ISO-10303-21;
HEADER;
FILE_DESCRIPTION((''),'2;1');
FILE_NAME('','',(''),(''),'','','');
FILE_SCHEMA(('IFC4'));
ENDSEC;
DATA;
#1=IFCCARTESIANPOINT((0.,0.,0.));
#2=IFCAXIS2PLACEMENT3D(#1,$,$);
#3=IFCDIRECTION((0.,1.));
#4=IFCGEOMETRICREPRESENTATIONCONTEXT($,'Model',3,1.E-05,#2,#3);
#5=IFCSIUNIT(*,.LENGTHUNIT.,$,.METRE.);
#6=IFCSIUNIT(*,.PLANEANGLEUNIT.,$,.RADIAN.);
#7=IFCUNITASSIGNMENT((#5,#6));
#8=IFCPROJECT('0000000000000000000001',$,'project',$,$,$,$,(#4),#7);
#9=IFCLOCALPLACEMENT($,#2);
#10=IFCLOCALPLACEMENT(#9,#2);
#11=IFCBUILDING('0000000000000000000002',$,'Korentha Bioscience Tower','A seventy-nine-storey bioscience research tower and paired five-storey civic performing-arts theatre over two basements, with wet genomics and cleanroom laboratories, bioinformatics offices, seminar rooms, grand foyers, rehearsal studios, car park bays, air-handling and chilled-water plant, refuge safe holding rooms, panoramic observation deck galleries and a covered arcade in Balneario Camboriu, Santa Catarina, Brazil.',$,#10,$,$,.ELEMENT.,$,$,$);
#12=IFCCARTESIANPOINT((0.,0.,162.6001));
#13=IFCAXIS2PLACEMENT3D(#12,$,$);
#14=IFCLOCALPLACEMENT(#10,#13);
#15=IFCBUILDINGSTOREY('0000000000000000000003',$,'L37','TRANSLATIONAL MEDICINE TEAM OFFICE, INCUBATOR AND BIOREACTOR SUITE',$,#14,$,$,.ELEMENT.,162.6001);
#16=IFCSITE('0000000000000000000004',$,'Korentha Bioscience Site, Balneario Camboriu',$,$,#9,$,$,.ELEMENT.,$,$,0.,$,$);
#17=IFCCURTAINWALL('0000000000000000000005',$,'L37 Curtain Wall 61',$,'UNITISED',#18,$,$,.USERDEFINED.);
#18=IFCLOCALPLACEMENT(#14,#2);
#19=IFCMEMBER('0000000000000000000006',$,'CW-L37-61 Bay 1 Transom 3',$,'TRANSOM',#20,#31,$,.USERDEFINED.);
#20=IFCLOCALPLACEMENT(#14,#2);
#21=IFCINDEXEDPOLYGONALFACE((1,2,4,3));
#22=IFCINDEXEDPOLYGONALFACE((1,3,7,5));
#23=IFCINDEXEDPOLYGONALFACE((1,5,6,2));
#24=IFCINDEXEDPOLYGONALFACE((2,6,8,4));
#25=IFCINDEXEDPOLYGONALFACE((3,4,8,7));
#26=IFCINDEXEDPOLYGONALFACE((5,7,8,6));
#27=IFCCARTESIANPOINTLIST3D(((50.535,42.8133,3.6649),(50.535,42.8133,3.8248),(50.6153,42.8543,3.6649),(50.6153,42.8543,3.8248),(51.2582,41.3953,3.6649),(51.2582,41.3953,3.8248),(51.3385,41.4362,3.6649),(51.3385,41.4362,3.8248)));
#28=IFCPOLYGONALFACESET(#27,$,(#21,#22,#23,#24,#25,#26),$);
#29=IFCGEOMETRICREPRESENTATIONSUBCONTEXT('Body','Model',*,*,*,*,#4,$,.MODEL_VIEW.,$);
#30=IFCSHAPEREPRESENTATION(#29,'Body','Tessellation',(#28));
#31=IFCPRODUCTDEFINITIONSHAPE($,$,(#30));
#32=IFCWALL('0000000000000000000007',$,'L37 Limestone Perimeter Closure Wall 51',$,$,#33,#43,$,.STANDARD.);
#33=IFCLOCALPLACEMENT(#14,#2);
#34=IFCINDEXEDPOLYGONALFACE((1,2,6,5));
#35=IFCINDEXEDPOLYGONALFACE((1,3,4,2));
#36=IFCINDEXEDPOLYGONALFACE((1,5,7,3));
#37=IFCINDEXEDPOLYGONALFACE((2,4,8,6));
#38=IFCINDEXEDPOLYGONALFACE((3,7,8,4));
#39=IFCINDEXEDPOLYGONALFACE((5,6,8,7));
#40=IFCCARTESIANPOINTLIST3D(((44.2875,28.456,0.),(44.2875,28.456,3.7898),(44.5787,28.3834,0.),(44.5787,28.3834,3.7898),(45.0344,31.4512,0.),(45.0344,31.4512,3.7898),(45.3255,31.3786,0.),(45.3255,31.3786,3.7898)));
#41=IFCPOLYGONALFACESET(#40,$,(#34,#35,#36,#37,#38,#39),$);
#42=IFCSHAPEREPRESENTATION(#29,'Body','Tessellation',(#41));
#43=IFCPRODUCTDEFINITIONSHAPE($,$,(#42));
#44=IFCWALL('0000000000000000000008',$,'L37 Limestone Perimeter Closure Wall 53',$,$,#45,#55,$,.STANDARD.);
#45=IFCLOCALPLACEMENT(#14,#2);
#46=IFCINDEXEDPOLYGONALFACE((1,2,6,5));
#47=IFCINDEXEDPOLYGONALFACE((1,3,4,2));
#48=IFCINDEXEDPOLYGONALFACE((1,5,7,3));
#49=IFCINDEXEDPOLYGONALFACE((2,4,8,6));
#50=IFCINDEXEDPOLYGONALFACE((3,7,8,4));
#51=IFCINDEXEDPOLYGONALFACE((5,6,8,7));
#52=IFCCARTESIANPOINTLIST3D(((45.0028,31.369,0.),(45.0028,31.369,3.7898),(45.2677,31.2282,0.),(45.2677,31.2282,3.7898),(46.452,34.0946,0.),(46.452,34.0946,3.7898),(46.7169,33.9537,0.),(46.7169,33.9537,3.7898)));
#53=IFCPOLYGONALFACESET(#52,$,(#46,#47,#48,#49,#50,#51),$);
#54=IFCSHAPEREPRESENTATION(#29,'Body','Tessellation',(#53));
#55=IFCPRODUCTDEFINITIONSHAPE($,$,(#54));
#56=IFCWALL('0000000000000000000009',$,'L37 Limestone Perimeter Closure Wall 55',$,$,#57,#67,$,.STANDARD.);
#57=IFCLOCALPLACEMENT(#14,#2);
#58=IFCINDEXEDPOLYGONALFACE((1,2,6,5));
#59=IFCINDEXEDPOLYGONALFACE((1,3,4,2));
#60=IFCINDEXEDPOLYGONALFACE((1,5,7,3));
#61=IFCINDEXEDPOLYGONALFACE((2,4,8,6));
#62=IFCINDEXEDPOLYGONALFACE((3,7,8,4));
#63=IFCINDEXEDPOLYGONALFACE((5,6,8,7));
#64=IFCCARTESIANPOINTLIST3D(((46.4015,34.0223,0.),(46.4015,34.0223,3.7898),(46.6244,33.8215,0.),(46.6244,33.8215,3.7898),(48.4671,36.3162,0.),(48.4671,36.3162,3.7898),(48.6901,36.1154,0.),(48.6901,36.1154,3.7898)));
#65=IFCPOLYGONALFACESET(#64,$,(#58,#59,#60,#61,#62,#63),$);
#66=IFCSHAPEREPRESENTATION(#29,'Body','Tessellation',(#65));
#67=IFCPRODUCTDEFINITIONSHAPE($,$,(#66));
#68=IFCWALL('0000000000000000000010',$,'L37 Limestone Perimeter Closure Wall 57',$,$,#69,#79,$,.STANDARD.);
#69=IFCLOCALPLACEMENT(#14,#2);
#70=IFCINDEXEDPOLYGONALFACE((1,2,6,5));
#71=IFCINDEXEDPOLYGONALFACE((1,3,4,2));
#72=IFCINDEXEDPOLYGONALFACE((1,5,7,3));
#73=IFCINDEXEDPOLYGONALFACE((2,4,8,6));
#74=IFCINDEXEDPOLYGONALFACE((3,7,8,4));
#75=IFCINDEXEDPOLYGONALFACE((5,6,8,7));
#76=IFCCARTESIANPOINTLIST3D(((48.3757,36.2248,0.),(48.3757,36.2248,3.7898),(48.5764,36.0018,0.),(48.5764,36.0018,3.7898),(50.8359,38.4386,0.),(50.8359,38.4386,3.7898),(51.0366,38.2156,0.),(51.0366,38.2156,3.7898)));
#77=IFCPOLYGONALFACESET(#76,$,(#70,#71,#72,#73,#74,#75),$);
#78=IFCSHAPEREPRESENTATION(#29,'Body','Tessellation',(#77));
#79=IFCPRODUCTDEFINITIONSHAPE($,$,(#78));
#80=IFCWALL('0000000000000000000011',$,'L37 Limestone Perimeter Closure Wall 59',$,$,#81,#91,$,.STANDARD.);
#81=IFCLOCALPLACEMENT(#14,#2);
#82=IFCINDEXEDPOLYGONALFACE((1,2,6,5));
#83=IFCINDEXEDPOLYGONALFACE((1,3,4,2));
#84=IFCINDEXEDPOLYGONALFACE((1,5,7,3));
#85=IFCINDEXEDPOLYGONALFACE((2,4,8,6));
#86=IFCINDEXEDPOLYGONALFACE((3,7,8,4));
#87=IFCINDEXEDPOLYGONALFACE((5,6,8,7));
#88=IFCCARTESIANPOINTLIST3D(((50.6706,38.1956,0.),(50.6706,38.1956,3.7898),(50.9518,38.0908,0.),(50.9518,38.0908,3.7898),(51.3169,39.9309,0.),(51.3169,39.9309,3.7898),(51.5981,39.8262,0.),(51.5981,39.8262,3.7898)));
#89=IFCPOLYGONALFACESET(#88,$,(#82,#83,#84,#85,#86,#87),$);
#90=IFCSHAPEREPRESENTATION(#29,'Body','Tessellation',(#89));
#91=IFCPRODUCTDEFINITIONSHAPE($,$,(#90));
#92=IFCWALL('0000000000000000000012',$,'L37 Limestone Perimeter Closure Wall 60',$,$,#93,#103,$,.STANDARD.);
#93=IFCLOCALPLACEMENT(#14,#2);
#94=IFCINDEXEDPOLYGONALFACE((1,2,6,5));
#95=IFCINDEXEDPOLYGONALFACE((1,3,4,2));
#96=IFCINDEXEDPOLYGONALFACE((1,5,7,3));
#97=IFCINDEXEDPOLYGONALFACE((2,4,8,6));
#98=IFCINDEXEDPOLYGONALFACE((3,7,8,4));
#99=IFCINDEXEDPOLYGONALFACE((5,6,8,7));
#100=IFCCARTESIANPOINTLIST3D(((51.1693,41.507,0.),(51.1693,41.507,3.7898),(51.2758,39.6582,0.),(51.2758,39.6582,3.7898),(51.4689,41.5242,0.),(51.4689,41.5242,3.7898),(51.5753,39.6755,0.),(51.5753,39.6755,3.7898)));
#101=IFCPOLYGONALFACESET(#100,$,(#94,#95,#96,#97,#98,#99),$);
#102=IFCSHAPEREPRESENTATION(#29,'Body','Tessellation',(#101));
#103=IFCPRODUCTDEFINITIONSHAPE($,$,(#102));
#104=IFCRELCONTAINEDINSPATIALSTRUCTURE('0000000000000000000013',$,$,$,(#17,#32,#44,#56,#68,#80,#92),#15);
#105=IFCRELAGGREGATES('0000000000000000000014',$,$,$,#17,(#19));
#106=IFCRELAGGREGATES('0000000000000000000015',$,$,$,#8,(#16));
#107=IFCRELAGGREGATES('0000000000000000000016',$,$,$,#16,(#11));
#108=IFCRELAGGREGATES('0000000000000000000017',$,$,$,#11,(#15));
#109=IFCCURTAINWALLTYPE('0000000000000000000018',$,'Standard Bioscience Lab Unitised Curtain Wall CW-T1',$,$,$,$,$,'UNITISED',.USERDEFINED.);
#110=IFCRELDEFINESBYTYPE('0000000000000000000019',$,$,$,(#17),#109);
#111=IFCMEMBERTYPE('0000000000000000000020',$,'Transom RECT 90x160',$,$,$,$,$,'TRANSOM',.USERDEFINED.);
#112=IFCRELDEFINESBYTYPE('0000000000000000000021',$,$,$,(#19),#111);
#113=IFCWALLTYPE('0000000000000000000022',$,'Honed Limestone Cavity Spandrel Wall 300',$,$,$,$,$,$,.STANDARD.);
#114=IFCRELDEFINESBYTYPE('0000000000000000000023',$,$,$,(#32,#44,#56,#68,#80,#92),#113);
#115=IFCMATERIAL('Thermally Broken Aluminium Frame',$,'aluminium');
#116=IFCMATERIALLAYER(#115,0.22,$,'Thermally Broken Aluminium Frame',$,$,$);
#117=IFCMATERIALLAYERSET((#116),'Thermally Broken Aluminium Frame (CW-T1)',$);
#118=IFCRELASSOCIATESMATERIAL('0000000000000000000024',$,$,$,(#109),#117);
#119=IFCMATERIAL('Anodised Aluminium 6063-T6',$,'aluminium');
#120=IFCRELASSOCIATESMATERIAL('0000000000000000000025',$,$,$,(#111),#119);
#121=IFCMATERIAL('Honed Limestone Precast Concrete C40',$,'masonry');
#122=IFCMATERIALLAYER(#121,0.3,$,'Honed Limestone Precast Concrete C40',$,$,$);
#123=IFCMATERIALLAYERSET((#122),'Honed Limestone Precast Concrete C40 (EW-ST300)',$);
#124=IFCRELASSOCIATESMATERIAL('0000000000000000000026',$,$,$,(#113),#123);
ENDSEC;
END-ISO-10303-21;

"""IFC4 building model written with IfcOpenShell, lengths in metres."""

from ifc_helpers import new_model, si_unit, direction, frame, frame_2d, origin, origin_2d, place, context, subcontext, project, spatial, rectangle, extrude, material, layer, layer_set, material_profile, profile_set, type_object, element, aggregate, save


model = new_model("IFC4")

# Units and contexts
model_context = context("Model", 3, precision=1e-05, world=origin(), true_north=direction((0.0, 1.0)))
body_context = subcontext(model_context, "Body", "Model", "MODEL_VIEW")
ifc_project = project(units=[si_unit("LENGTHUNIT", "METRE"), si_unit("PLANEANGLEUNIT", "RADIAN")], contexts=[model_context])

# Site, building, storey
site_placement = place(None, origin())
site = spatial("IfcSite", under=ifc_project, at=site_placement, Name="Korentha Bioscience Site, Balneario Camboriu", CompositionType="ELEMENT", RefElevation=0.0)
building_placement = place(site_placement, origin())
building = spatial("IfcBuilding", under=site, at=building_placement, Name="Korentha Bioscience Tower", Description="A seventy-nine-storey bioscience research tower and paired five-storey civic performing-arts theatre over two basements, with wet genomics and cleanroom laboratories, bioinformatics offices, seminar rooms, grand foyers, rehearsal studios, car park bays, air-handling and chilled-water plant, refuge safe holding rooms, panoramic observation deck galleries and a covered arcade in Balneario Camboriu, Santa Catarina, Brazil.", CompositionType="ELEMENT")
storey_placement = place(building_placement, frame((0.0, 0.0, 162.6001)))
storey = spatial("IfcBuildingStorey", under=building, at=storey_placement, Name="L37", Description="TRANSLATIONAL MEDICINE TEAM OFFICE, INCUBATOR AND BIOREACTOR SUITE", CompositionType="ELEMENT", Elevation=162.6001)

# Curtain wall
ifc_material_1 = material(Name="Thermally Broken Aluminium Frame", Category="aluminium")
ifc_layer_1 = layer(ifc_material_1, 0.22, Name="Thermally Broken Aluminium Frame")
ifc_layer_set_1 = layer_set([ifc_layer_1], Name="Thermally Broken Aluminium Frame (CW-T1)")
curtain_wall_type = type_object("IfcCurtainWallType", Name="Standard Bioscience Lab Unitised Curtain Wall CW-T1", ElementType="UNITISED", PredefinedType="USERDEFINED", material=ifc_layer_set_1)
curtain_wall_placement = place(storey_placement, origin())
curtain_wall = element("IfcCurtainWall", 1, at=curtain_wall_placement, inside=storey, type_object=curtain_wall_type, Name="L37 Curtain Wall 61", ObjectType="UNITISED", PredefinedType="USERDEFINED")
ifc_material_2 = material(Name="Anodised Aluminium 6063-T6", Category="aluminium")

# Member
ifc_material_profile_1 = material_profile(ifc_material_2, rectangle(XDim=0.0901, YDim=0.1599, at=origin_2d()), Name="Anodised Aluminium 6063-T6")
ifc_profile_set_1 = profile_set([ifc_material_profile_1], Name="Anodised Aluminium 6063-T6 (CW-TRN)")
member_type_1 = type_object("IfcMemberType", Name="Transom RECT 90x160", ElementType="TRANSOM", PredefinedType="USERDEFINED", material=ifc_profile_set_1)
member_1_placement = place(storey_placement, frame((51.2983, 41.4158, 3.7449), z_axis=(-0.454316, 0.89084, 0.0), x_axis=(-0.89084, -0.454316, 0.0)))
member_1 = element("IfcMember", 2, at=member_1_placement, type_object=member_type_1, Name="CW-L37-61 Bay 1 Transom 3", ObjectType="TRANSOM", PredefinedType="USERDEFINED", context=body_context, shape_type="SweptSolid", body=[
    extrude(rectangle(XDim=0.0901, YDim=0.1599, at=origin_2d()), origin(), (0.0, 0.0, 1.0), 1.5918),
])
aggregate(curtain_wall, [member_1])

# Walls
ifc_material_3 = material(Name="Honed Limestone Precast Concrete C40", Category="masonry")
ifc_layer_2 = layer(ifc_material_3, 0.3, Name="Honed Limestone Precast Concrete C40")
ifc_layer_set_2 = layer_set([ifc_layer_2], Name="Honed Limestone Precast Concrete C40 (EW-ST300)")
wall_type = type_object("IfcWallType", Name="Honed Limestone Cavity Spandrel Wall 300", PredefinedType="STANDARD", material=ifc_layer_set_2)
for number, where, z_axis, x_axis, name in (
    (3, (44.4331, 28.4197, 0.0), (0.0, 0.0, 1.0), (0.24194, 0.970291, 0.0), "L37 Limestone Perimeter Closure Wall 51"),
    (4, (45.1353, 31.2986, 0.0), (0.0, 0.0, 1.0), (0.469471, 0.882948, 0.0), "L37 Limestone Perimeter Closure Wall 53"),
    (5, (46.5129, 33.9219, 0.0), (0.0, 0.0, 1.0), (0.669166, 0.743113, 0.0), "L37 Limestone Perimeter Closure Wall 55"),
):
    element("IfcWall", number, at=place(storey_placement, frame(where, z_axis=z_axis, x_axis=x_axis)), inside=storey, type_object=wall_type, Name=name, PredefinedType="STANDARD", context=body_context, shape_type="SweptSolid", body=[
        extrude(rectangle(XDim=3.0869, YDim=0.3, at=frame_2d((1.5435, 0.0))), origin(), (0.0, 0.0, 1.0), 3.7898),
    ])
wall_placement = place(storey_placement, frame((48.4761, 36.1133, 0.0), z_axis=(0.0, 0.0, 1.0), x_axis=(0.743342, 0.668912, 0.0)))
element("IfcWall", 6, at=wall_placement, inside=storey, type_object=wall_type, Name="L37 Limestone Perimeter Closure Wall 57", PredefinedType="STANDARD", context=body_context, shape_type="SweptSolid", body=[
    extrude(rectangle(XDim=3.3096, YDim=0.3, at=frame_2d((1.6548, 0.0))), origin(), (0.0, 0.0, 1.0), 3.7898),
])
for number, where, z_axis, x_axis, name in (
    (7, (50.8113, 38.1433, 0.0), (0.0, 0.0, 1.0), (0.348984, 0.937129, 0.0), "L37 Limestone Perimeter Closure Wall 59"),
    (8, (51.4255, 39.667, 0.0), (0.0, 0.0, 1.0), (-0.057485, 0.998346, 0.0), "L37 Limestone Perimeter Closure Wall 60"),
):
    element("IfcWall", number, at=place(storey_placement, frame(where, z_axis=z_axis, x_axis=x_axis)), inside=storey, type_object=wall_type, Name=name, PredefinedType="STANDARD", context=body_context, shape_type="SweptSolid", body=[
        extrude(rectangle(XDim=1.8518, YDim=0.3, at=frame_2d((0.9258, 0.0))), origin(), (0.0, 0.0, 1.0), 3.7898),
    ])

save(model, "model.ifc")
